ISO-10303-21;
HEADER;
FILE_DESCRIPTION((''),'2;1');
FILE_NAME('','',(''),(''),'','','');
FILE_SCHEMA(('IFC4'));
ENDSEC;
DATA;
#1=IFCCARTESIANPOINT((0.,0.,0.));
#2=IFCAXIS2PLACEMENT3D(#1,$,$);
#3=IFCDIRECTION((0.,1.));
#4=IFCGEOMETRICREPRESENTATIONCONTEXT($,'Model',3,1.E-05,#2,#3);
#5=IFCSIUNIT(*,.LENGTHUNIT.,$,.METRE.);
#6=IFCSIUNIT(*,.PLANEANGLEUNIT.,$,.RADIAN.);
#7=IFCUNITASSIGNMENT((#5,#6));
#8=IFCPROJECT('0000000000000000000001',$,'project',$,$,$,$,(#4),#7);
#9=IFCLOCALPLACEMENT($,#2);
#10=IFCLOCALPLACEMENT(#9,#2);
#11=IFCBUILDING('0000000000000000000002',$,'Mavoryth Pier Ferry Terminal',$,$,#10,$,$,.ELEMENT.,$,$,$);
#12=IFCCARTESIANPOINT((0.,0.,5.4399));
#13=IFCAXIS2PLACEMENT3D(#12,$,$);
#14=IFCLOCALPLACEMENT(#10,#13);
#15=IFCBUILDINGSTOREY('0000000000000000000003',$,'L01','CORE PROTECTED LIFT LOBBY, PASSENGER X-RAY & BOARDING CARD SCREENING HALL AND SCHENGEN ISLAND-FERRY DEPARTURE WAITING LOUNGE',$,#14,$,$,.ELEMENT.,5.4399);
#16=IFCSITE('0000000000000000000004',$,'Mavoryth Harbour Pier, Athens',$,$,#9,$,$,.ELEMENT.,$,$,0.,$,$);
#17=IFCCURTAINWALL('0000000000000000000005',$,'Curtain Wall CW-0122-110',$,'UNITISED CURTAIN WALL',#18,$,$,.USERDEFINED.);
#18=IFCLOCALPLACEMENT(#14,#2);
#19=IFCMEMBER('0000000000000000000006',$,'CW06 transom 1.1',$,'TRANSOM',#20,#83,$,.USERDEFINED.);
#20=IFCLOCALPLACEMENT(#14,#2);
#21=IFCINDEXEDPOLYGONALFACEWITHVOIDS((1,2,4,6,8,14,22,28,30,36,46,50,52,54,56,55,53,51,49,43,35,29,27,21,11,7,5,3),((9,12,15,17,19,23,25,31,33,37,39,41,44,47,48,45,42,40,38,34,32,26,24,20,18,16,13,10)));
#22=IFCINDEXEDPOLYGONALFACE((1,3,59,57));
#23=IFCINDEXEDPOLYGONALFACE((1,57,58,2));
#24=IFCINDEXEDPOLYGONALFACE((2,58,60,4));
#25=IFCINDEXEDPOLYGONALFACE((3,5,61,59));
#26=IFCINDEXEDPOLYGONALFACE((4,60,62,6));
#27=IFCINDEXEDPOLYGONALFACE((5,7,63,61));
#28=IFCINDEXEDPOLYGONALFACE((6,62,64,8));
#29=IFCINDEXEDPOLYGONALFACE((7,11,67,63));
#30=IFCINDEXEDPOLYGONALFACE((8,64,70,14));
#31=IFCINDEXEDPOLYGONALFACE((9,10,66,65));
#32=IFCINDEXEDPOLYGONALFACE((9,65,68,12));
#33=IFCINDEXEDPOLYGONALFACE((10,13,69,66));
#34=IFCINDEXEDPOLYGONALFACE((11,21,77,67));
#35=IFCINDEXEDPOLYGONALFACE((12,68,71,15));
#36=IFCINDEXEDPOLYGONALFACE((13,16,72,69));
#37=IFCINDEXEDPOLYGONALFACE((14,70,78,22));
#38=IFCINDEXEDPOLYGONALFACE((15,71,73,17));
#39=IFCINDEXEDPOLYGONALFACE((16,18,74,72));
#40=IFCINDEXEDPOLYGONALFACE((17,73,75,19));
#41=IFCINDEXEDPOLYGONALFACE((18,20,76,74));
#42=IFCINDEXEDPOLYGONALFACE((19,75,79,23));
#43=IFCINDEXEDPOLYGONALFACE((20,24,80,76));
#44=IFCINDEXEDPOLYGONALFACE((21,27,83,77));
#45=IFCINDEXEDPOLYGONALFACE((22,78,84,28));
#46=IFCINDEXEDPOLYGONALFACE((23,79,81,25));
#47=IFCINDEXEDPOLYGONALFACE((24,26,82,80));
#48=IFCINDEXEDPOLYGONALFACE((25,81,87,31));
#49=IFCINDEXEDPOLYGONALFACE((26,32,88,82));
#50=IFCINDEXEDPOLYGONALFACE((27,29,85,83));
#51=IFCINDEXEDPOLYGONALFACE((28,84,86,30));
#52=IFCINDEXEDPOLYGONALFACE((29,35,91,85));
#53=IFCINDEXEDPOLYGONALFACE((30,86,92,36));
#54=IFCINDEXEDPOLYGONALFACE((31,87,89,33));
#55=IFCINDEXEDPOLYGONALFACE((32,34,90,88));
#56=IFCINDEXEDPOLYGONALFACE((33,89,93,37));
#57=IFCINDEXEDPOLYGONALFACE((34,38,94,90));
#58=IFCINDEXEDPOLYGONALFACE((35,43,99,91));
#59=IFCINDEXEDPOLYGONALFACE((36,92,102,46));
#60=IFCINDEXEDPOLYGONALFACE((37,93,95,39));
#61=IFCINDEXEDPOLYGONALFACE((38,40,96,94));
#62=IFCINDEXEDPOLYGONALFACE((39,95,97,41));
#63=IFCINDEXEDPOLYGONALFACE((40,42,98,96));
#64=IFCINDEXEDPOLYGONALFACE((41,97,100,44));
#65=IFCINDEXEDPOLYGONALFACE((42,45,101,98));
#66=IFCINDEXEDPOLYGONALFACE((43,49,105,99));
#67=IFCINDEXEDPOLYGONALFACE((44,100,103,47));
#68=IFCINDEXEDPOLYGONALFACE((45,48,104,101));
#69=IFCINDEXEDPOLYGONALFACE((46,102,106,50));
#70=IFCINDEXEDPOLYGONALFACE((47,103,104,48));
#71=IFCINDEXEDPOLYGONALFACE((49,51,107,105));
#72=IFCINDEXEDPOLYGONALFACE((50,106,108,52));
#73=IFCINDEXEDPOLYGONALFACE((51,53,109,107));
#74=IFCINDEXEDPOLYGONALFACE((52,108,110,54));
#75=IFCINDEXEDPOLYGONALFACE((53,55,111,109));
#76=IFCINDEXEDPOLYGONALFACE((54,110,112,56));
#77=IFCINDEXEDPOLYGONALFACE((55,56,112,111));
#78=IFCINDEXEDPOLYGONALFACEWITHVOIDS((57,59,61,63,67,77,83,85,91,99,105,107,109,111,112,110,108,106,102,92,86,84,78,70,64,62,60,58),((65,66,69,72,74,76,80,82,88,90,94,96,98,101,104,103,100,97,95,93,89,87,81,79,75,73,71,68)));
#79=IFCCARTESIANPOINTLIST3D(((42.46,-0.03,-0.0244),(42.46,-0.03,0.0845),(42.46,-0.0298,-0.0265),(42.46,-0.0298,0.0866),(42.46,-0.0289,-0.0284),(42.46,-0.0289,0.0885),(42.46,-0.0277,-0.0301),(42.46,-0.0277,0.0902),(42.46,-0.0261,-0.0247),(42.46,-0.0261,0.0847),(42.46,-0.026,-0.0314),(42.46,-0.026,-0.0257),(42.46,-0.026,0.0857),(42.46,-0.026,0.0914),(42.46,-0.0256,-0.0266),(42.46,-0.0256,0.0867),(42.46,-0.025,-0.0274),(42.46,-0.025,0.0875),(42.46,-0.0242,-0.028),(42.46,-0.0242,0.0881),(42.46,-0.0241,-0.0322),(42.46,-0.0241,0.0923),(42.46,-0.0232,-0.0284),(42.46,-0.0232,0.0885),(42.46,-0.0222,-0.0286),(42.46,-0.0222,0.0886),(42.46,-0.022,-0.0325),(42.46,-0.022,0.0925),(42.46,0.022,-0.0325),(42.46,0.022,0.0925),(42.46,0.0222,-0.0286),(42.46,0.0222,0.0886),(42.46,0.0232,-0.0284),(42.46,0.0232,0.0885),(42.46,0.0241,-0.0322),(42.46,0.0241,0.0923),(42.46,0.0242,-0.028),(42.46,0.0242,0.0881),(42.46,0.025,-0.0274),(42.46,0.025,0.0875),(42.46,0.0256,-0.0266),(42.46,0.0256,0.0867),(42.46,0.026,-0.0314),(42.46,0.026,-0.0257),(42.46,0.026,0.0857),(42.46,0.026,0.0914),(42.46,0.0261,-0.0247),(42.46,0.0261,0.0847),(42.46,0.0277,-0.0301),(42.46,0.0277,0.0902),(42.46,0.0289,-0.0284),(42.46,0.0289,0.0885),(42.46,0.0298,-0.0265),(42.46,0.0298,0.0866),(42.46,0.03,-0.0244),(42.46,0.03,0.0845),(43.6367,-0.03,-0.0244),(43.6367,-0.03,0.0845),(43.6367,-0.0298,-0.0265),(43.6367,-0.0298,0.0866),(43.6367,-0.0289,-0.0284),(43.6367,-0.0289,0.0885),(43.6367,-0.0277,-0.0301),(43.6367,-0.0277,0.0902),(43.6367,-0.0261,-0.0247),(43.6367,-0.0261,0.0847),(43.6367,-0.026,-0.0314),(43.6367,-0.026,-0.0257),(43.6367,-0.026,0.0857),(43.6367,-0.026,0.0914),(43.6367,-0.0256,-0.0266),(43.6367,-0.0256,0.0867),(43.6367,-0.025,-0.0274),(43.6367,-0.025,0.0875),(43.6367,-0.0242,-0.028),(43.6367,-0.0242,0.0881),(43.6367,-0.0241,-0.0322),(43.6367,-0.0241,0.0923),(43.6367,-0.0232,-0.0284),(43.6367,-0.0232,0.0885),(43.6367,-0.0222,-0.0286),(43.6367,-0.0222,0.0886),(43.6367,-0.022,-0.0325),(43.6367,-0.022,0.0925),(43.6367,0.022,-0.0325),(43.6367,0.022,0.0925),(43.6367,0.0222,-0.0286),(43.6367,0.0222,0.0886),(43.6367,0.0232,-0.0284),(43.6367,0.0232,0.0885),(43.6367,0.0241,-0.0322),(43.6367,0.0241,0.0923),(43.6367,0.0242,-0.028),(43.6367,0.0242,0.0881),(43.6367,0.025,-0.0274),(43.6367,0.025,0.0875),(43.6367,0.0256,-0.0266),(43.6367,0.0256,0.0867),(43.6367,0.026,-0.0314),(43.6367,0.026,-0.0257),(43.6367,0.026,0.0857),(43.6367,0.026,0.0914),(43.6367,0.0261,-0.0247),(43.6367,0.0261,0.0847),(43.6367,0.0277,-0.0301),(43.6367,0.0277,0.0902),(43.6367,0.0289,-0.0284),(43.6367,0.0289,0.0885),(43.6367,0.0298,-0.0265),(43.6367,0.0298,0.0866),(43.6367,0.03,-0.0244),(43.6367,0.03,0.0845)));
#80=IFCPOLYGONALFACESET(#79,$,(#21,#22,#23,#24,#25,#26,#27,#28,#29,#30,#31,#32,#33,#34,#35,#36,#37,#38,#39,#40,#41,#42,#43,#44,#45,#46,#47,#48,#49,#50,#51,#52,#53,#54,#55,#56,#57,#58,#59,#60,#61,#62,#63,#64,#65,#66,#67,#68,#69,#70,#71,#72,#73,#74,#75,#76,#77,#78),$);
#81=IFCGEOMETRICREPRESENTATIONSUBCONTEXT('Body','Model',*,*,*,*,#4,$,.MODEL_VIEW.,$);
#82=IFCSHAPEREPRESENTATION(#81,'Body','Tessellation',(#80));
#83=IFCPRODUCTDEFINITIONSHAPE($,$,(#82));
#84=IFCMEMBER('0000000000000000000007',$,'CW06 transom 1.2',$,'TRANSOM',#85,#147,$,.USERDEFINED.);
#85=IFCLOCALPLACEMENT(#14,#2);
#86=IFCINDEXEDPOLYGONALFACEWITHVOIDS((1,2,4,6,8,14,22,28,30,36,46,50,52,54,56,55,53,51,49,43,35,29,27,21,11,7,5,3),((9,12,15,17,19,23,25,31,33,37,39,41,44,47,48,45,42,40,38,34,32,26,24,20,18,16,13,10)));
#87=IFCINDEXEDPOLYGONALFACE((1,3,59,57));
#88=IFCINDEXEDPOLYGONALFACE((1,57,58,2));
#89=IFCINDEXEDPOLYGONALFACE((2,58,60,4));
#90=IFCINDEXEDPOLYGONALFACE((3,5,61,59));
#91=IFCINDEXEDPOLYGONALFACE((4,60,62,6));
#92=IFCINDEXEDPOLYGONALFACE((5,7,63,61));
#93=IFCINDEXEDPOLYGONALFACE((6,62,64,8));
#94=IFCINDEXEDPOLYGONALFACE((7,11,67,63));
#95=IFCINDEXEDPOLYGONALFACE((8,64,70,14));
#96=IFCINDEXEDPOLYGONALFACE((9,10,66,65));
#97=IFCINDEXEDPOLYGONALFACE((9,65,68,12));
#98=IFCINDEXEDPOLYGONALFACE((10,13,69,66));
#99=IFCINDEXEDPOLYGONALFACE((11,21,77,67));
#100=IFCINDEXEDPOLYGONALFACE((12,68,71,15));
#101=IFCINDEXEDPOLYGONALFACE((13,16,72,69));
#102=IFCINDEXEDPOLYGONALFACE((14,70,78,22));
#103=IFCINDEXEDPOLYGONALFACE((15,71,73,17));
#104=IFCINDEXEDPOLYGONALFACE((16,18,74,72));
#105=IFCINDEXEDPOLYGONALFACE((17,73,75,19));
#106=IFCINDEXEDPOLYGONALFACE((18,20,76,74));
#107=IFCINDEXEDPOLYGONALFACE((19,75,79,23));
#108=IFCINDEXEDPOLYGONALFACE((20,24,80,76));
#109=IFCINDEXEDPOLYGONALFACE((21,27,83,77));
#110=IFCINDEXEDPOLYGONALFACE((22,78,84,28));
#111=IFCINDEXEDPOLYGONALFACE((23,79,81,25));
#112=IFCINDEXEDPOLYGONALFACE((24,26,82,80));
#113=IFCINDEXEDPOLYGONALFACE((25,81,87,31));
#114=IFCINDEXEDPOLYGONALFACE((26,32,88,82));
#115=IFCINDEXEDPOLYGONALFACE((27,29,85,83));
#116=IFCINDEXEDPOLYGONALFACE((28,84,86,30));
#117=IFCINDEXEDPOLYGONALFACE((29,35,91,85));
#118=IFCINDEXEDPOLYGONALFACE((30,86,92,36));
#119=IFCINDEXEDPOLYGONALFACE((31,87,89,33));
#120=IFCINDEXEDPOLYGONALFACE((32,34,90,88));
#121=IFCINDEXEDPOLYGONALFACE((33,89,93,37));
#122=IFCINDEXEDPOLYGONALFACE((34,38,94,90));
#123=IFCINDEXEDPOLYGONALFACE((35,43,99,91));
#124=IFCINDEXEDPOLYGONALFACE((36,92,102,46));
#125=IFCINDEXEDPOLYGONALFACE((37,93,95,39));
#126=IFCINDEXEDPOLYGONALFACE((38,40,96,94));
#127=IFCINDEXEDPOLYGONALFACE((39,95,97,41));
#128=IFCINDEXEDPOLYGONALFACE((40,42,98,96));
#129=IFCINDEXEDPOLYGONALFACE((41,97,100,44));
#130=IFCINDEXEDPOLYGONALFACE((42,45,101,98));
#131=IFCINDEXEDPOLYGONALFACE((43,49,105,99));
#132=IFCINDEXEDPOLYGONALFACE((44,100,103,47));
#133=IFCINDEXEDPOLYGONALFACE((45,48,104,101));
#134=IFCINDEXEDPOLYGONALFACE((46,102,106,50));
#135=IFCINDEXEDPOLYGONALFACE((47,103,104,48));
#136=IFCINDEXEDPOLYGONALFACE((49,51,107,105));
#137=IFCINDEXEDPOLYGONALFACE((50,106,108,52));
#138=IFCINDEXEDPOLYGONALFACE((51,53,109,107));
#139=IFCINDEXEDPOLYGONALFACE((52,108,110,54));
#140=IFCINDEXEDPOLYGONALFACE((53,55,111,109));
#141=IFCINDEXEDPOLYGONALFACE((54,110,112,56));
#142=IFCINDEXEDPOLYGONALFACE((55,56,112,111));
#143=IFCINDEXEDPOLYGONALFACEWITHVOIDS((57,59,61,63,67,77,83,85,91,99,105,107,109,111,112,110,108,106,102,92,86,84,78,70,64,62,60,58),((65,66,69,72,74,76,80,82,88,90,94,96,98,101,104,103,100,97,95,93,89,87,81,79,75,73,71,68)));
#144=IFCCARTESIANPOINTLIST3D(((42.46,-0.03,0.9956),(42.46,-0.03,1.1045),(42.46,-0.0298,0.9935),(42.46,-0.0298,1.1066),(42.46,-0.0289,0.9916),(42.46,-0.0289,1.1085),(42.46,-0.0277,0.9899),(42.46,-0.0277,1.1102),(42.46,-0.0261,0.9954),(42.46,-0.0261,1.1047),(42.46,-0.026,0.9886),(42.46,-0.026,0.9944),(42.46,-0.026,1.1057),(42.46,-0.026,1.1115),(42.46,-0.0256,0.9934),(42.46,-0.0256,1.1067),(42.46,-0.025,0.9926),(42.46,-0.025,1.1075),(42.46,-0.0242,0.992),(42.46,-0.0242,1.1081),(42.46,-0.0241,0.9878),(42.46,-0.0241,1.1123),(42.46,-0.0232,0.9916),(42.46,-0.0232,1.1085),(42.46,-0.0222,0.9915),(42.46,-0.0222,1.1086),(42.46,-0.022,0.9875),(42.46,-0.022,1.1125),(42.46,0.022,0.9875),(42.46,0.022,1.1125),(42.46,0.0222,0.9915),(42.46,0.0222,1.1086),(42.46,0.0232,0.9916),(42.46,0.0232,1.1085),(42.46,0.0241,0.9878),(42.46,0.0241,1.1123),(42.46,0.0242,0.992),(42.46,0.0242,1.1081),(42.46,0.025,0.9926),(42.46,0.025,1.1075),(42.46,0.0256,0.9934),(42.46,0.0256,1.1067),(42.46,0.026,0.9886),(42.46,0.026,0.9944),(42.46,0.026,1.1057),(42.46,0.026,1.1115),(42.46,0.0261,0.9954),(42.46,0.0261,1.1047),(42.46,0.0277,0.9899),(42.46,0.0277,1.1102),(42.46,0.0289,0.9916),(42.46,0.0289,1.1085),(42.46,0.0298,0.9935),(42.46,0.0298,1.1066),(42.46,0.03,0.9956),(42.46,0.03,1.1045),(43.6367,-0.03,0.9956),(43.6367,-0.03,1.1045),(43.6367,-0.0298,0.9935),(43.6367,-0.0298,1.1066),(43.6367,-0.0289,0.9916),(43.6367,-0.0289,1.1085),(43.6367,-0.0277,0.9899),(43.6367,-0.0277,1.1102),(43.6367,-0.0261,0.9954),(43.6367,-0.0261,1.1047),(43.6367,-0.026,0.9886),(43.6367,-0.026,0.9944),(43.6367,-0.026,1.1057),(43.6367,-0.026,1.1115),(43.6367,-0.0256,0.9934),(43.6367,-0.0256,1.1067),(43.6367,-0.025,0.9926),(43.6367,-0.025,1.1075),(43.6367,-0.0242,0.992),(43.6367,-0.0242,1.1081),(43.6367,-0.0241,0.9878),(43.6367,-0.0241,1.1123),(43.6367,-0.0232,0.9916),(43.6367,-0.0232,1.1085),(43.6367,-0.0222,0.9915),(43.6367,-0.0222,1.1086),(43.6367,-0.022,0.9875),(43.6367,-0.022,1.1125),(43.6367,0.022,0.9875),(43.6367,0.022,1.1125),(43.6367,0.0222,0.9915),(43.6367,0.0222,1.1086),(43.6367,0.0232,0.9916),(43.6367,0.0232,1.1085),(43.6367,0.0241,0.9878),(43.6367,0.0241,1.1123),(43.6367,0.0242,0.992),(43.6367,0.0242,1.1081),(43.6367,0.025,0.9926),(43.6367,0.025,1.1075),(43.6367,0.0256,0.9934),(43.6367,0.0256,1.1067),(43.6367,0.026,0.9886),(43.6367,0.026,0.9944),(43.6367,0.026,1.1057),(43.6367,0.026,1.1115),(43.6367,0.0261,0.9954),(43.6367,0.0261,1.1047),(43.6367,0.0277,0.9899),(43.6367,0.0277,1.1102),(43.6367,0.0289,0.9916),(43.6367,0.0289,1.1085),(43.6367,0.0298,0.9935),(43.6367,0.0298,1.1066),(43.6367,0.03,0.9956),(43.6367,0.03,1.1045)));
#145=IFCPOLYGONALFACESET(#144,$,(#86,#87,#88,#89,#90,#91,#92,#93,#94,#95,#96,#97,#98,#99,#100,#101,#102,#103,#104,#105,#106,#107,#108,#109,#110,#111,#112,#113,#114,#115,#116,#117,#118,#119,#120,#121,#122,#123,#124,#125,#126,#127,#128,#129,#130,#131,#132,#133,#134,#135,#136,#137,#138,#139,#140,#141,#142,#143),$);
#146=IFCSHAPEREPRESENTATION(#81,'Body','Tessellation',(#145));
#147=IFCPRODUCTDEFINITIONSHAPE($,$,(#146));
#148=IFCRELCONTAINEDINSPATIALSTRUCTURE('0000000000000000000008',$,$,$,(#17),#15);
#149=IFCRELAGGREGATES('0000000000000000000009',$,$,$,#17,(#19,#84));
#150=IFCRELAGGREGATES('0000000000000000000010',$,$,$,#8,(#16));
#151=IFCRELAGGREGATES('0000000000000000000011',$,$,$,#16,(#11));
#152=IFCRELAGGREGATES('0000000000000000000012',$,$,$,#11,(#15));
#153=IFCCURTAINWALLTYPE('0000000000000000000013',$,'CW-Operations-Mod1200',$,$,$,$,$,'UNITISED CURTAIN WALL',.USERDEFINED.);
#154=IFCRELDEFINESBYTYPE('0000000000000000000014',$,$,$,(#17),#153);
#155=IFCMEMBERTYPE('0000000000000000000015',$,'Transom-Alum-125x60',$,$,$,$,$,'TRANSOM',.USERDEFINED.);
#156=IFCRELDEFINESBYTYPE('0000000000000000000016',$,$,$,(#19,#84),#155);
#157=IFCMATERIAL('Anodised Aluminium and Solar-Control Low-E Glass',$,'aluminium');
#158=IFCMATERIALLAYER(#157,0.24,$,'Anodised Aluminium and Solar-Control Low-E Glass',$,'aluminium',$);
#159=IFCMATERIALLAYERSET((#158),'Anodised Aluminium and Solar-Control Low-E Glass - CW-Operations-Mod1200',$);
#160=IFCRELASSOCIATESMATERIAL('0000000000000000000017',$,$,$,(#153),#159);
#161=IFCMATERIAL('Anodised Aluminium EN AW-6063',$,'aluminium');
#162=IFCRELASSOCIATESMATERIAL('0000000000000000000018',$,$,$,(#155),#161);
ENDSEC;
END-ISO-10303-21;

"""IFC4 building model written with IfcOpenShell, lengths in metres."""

from ifc_helpers import new_model, si_unit, direction, frame, origin, origin_2d, place, context, subcontext, project, spatial, hollow_rectangle, extrude, material, layer, layer_set, material_profile, profile_set, type_object, element, aggregate, save


model = new_model("IFC4")

# Units and contexts
model_context = context("Model", 3, precision=1e-05, world=origin(), true_north=direction((0.0, 1.0)))
body_context = subcontext(model_context, "Body", "Model", "MODEL_VIEW")
ifc_project = project(units=[si_unit("LENGTHUNIT", "METRE"), si_unit("PLANEANGLEUNIT", "RADIAN")], contexts=[model_context])

# Site, building, storey
site_placement = place(None, origin())
site = spatial("IfcSite", under=ifc_project, at=site_placement, Name="Mavoryth Harbour Pier, Athens", CompositionType="ELEMENT", RefElevation=0.0)
building_placement = place(site_placement, origin())
building = spatial("IfcBuilding", under=site, at=building_placement, Name="Mavoryth Pier Ferry Terminal", CompositionType="ELEMENT")
storey_placement = place(building_placement, frame((0.0, 0.0, 5.4399)))
storey = spatial("IfcBuildingStorey", under=building, at=storey_placement, Name="L01", Description="CORE PROTECTED LIFT LOBBY, PASSENGER X-RAY & BOARDING CARD SCREENING HALL AND SCHENGEN ISLAND-FERRY DEPARTURE WAITING LOUNGE", CompositionType="ELEMENT", Elevation=5.4399)

# Curtain wall
ifc_material_1 = material(Name="Anodised Aluminium and Solar-Control Low-E Glass", Category="aluminium")
ifc_layer_1 = layer(ifc_material_1, 0.24, Name="Anodised Aluminium and Solar-Control Low-E Glass", Category="aluminium")
ifc_layer_set_1 = layer_set([ifc_layer_1], Name="Anodised Aluminium and Solar-Control Low-E Glass - CW-Operations-Mod1200")
curtain_wall_type = type_object("IfcCurtainWallType", Name="CW-Operations-Mod1200", ElementType="UNITISED CURTAIN WALL", PredefinedType="USERDEFINED", material=ifc_layer_set_1)
curtain_wall_placement = place(storey_placement, origin())
curtain_wall = element("IfcCurtainWall", 1, at=curtain_wall_placement, inside=storey, type_object=curtain_wall_type, Name="Curtain Wall CW-0122-110", ObjectType="UNITISED CURTAIN WALL", PredefinedType="USERDEFINED")
ifc_material_2 = material(Name="Anodised Aluminium EN AW-6063", Category="aluminium")

# Members
ifc_material_profile_1 = material_profile(ifc_material_2, hollow_rectangle(XDim=0.0601, YDim=0.125, WallThickness=0.0039, InnerFilletRadius=0.0039, OuterFilletRadius=0.0081, at=origin_2d()), Name="AL-TRAN 125x60x4", Category="aluminium")
ifc_profile_set_1 = profile_set([ifc_material_profile_1], Name="Anodised Aluminium EN AW-6063 - AL-TRAN 125x60x4")
member_type_1 = type_object("IfcMemberType", Name="Transom-Alum-125x60", ElementType="TRANSOM", PredefinedType="USERDEFINED", material=ifc_profile_set_1)
member_1_placement = place(storey_placement, frame((42.46, 0.0, 0.03), z_axis=(1.0, 0.0, 0.0), x_axis=(0.0, 1.0, 0.0)))
member_1 = element("IfcMember", 2, at=member_1_placement, type_object=member_type_1, Name="CW06 transom 1.1", ObjectType="TRANSOM", PredefinedType="USERDEFINED", context=body_context, shape_type="SweptSolid", body=[
    extrude(hollow_rectangle(XDim=0.0601, YDim=0.125, WallThickness=0.0039, InnerFilletRadius=0.0039, OuterFilletRadius=0.0081, at=origin_2d()), origin(), (0.0, 0.0, 1.0), 1.1768),
])
member_2_placement = place(storey_placement, frame((42.46, 0.0, 1.05), z_axis=(1.0, 0.0, 0.0), x_axis=(0.0, 1.0, 0.0)))
member_2 = element("IfcMember", 3, at=member_2_placement, type_object=member_type_1, Name="CW06 transom 1.2", ObjectType="TRANSOM", PredefinedType="USERDEFINED", context=body_context, shape_type="SweptSolid", body=[
    extrude(hollow_rectangle(XDim=0.0601, YDim=0.125, WallThickness=0.0039, InnerFilletRadius=0.0039, OuterFilletRadius=0.0081, at=origin_2d()), origin(), (0.0, 0.0, 1.0), 1.1768),
])

aggregate(curtain_wall, [member_1, member_2])

save(model, "model.ifc")
